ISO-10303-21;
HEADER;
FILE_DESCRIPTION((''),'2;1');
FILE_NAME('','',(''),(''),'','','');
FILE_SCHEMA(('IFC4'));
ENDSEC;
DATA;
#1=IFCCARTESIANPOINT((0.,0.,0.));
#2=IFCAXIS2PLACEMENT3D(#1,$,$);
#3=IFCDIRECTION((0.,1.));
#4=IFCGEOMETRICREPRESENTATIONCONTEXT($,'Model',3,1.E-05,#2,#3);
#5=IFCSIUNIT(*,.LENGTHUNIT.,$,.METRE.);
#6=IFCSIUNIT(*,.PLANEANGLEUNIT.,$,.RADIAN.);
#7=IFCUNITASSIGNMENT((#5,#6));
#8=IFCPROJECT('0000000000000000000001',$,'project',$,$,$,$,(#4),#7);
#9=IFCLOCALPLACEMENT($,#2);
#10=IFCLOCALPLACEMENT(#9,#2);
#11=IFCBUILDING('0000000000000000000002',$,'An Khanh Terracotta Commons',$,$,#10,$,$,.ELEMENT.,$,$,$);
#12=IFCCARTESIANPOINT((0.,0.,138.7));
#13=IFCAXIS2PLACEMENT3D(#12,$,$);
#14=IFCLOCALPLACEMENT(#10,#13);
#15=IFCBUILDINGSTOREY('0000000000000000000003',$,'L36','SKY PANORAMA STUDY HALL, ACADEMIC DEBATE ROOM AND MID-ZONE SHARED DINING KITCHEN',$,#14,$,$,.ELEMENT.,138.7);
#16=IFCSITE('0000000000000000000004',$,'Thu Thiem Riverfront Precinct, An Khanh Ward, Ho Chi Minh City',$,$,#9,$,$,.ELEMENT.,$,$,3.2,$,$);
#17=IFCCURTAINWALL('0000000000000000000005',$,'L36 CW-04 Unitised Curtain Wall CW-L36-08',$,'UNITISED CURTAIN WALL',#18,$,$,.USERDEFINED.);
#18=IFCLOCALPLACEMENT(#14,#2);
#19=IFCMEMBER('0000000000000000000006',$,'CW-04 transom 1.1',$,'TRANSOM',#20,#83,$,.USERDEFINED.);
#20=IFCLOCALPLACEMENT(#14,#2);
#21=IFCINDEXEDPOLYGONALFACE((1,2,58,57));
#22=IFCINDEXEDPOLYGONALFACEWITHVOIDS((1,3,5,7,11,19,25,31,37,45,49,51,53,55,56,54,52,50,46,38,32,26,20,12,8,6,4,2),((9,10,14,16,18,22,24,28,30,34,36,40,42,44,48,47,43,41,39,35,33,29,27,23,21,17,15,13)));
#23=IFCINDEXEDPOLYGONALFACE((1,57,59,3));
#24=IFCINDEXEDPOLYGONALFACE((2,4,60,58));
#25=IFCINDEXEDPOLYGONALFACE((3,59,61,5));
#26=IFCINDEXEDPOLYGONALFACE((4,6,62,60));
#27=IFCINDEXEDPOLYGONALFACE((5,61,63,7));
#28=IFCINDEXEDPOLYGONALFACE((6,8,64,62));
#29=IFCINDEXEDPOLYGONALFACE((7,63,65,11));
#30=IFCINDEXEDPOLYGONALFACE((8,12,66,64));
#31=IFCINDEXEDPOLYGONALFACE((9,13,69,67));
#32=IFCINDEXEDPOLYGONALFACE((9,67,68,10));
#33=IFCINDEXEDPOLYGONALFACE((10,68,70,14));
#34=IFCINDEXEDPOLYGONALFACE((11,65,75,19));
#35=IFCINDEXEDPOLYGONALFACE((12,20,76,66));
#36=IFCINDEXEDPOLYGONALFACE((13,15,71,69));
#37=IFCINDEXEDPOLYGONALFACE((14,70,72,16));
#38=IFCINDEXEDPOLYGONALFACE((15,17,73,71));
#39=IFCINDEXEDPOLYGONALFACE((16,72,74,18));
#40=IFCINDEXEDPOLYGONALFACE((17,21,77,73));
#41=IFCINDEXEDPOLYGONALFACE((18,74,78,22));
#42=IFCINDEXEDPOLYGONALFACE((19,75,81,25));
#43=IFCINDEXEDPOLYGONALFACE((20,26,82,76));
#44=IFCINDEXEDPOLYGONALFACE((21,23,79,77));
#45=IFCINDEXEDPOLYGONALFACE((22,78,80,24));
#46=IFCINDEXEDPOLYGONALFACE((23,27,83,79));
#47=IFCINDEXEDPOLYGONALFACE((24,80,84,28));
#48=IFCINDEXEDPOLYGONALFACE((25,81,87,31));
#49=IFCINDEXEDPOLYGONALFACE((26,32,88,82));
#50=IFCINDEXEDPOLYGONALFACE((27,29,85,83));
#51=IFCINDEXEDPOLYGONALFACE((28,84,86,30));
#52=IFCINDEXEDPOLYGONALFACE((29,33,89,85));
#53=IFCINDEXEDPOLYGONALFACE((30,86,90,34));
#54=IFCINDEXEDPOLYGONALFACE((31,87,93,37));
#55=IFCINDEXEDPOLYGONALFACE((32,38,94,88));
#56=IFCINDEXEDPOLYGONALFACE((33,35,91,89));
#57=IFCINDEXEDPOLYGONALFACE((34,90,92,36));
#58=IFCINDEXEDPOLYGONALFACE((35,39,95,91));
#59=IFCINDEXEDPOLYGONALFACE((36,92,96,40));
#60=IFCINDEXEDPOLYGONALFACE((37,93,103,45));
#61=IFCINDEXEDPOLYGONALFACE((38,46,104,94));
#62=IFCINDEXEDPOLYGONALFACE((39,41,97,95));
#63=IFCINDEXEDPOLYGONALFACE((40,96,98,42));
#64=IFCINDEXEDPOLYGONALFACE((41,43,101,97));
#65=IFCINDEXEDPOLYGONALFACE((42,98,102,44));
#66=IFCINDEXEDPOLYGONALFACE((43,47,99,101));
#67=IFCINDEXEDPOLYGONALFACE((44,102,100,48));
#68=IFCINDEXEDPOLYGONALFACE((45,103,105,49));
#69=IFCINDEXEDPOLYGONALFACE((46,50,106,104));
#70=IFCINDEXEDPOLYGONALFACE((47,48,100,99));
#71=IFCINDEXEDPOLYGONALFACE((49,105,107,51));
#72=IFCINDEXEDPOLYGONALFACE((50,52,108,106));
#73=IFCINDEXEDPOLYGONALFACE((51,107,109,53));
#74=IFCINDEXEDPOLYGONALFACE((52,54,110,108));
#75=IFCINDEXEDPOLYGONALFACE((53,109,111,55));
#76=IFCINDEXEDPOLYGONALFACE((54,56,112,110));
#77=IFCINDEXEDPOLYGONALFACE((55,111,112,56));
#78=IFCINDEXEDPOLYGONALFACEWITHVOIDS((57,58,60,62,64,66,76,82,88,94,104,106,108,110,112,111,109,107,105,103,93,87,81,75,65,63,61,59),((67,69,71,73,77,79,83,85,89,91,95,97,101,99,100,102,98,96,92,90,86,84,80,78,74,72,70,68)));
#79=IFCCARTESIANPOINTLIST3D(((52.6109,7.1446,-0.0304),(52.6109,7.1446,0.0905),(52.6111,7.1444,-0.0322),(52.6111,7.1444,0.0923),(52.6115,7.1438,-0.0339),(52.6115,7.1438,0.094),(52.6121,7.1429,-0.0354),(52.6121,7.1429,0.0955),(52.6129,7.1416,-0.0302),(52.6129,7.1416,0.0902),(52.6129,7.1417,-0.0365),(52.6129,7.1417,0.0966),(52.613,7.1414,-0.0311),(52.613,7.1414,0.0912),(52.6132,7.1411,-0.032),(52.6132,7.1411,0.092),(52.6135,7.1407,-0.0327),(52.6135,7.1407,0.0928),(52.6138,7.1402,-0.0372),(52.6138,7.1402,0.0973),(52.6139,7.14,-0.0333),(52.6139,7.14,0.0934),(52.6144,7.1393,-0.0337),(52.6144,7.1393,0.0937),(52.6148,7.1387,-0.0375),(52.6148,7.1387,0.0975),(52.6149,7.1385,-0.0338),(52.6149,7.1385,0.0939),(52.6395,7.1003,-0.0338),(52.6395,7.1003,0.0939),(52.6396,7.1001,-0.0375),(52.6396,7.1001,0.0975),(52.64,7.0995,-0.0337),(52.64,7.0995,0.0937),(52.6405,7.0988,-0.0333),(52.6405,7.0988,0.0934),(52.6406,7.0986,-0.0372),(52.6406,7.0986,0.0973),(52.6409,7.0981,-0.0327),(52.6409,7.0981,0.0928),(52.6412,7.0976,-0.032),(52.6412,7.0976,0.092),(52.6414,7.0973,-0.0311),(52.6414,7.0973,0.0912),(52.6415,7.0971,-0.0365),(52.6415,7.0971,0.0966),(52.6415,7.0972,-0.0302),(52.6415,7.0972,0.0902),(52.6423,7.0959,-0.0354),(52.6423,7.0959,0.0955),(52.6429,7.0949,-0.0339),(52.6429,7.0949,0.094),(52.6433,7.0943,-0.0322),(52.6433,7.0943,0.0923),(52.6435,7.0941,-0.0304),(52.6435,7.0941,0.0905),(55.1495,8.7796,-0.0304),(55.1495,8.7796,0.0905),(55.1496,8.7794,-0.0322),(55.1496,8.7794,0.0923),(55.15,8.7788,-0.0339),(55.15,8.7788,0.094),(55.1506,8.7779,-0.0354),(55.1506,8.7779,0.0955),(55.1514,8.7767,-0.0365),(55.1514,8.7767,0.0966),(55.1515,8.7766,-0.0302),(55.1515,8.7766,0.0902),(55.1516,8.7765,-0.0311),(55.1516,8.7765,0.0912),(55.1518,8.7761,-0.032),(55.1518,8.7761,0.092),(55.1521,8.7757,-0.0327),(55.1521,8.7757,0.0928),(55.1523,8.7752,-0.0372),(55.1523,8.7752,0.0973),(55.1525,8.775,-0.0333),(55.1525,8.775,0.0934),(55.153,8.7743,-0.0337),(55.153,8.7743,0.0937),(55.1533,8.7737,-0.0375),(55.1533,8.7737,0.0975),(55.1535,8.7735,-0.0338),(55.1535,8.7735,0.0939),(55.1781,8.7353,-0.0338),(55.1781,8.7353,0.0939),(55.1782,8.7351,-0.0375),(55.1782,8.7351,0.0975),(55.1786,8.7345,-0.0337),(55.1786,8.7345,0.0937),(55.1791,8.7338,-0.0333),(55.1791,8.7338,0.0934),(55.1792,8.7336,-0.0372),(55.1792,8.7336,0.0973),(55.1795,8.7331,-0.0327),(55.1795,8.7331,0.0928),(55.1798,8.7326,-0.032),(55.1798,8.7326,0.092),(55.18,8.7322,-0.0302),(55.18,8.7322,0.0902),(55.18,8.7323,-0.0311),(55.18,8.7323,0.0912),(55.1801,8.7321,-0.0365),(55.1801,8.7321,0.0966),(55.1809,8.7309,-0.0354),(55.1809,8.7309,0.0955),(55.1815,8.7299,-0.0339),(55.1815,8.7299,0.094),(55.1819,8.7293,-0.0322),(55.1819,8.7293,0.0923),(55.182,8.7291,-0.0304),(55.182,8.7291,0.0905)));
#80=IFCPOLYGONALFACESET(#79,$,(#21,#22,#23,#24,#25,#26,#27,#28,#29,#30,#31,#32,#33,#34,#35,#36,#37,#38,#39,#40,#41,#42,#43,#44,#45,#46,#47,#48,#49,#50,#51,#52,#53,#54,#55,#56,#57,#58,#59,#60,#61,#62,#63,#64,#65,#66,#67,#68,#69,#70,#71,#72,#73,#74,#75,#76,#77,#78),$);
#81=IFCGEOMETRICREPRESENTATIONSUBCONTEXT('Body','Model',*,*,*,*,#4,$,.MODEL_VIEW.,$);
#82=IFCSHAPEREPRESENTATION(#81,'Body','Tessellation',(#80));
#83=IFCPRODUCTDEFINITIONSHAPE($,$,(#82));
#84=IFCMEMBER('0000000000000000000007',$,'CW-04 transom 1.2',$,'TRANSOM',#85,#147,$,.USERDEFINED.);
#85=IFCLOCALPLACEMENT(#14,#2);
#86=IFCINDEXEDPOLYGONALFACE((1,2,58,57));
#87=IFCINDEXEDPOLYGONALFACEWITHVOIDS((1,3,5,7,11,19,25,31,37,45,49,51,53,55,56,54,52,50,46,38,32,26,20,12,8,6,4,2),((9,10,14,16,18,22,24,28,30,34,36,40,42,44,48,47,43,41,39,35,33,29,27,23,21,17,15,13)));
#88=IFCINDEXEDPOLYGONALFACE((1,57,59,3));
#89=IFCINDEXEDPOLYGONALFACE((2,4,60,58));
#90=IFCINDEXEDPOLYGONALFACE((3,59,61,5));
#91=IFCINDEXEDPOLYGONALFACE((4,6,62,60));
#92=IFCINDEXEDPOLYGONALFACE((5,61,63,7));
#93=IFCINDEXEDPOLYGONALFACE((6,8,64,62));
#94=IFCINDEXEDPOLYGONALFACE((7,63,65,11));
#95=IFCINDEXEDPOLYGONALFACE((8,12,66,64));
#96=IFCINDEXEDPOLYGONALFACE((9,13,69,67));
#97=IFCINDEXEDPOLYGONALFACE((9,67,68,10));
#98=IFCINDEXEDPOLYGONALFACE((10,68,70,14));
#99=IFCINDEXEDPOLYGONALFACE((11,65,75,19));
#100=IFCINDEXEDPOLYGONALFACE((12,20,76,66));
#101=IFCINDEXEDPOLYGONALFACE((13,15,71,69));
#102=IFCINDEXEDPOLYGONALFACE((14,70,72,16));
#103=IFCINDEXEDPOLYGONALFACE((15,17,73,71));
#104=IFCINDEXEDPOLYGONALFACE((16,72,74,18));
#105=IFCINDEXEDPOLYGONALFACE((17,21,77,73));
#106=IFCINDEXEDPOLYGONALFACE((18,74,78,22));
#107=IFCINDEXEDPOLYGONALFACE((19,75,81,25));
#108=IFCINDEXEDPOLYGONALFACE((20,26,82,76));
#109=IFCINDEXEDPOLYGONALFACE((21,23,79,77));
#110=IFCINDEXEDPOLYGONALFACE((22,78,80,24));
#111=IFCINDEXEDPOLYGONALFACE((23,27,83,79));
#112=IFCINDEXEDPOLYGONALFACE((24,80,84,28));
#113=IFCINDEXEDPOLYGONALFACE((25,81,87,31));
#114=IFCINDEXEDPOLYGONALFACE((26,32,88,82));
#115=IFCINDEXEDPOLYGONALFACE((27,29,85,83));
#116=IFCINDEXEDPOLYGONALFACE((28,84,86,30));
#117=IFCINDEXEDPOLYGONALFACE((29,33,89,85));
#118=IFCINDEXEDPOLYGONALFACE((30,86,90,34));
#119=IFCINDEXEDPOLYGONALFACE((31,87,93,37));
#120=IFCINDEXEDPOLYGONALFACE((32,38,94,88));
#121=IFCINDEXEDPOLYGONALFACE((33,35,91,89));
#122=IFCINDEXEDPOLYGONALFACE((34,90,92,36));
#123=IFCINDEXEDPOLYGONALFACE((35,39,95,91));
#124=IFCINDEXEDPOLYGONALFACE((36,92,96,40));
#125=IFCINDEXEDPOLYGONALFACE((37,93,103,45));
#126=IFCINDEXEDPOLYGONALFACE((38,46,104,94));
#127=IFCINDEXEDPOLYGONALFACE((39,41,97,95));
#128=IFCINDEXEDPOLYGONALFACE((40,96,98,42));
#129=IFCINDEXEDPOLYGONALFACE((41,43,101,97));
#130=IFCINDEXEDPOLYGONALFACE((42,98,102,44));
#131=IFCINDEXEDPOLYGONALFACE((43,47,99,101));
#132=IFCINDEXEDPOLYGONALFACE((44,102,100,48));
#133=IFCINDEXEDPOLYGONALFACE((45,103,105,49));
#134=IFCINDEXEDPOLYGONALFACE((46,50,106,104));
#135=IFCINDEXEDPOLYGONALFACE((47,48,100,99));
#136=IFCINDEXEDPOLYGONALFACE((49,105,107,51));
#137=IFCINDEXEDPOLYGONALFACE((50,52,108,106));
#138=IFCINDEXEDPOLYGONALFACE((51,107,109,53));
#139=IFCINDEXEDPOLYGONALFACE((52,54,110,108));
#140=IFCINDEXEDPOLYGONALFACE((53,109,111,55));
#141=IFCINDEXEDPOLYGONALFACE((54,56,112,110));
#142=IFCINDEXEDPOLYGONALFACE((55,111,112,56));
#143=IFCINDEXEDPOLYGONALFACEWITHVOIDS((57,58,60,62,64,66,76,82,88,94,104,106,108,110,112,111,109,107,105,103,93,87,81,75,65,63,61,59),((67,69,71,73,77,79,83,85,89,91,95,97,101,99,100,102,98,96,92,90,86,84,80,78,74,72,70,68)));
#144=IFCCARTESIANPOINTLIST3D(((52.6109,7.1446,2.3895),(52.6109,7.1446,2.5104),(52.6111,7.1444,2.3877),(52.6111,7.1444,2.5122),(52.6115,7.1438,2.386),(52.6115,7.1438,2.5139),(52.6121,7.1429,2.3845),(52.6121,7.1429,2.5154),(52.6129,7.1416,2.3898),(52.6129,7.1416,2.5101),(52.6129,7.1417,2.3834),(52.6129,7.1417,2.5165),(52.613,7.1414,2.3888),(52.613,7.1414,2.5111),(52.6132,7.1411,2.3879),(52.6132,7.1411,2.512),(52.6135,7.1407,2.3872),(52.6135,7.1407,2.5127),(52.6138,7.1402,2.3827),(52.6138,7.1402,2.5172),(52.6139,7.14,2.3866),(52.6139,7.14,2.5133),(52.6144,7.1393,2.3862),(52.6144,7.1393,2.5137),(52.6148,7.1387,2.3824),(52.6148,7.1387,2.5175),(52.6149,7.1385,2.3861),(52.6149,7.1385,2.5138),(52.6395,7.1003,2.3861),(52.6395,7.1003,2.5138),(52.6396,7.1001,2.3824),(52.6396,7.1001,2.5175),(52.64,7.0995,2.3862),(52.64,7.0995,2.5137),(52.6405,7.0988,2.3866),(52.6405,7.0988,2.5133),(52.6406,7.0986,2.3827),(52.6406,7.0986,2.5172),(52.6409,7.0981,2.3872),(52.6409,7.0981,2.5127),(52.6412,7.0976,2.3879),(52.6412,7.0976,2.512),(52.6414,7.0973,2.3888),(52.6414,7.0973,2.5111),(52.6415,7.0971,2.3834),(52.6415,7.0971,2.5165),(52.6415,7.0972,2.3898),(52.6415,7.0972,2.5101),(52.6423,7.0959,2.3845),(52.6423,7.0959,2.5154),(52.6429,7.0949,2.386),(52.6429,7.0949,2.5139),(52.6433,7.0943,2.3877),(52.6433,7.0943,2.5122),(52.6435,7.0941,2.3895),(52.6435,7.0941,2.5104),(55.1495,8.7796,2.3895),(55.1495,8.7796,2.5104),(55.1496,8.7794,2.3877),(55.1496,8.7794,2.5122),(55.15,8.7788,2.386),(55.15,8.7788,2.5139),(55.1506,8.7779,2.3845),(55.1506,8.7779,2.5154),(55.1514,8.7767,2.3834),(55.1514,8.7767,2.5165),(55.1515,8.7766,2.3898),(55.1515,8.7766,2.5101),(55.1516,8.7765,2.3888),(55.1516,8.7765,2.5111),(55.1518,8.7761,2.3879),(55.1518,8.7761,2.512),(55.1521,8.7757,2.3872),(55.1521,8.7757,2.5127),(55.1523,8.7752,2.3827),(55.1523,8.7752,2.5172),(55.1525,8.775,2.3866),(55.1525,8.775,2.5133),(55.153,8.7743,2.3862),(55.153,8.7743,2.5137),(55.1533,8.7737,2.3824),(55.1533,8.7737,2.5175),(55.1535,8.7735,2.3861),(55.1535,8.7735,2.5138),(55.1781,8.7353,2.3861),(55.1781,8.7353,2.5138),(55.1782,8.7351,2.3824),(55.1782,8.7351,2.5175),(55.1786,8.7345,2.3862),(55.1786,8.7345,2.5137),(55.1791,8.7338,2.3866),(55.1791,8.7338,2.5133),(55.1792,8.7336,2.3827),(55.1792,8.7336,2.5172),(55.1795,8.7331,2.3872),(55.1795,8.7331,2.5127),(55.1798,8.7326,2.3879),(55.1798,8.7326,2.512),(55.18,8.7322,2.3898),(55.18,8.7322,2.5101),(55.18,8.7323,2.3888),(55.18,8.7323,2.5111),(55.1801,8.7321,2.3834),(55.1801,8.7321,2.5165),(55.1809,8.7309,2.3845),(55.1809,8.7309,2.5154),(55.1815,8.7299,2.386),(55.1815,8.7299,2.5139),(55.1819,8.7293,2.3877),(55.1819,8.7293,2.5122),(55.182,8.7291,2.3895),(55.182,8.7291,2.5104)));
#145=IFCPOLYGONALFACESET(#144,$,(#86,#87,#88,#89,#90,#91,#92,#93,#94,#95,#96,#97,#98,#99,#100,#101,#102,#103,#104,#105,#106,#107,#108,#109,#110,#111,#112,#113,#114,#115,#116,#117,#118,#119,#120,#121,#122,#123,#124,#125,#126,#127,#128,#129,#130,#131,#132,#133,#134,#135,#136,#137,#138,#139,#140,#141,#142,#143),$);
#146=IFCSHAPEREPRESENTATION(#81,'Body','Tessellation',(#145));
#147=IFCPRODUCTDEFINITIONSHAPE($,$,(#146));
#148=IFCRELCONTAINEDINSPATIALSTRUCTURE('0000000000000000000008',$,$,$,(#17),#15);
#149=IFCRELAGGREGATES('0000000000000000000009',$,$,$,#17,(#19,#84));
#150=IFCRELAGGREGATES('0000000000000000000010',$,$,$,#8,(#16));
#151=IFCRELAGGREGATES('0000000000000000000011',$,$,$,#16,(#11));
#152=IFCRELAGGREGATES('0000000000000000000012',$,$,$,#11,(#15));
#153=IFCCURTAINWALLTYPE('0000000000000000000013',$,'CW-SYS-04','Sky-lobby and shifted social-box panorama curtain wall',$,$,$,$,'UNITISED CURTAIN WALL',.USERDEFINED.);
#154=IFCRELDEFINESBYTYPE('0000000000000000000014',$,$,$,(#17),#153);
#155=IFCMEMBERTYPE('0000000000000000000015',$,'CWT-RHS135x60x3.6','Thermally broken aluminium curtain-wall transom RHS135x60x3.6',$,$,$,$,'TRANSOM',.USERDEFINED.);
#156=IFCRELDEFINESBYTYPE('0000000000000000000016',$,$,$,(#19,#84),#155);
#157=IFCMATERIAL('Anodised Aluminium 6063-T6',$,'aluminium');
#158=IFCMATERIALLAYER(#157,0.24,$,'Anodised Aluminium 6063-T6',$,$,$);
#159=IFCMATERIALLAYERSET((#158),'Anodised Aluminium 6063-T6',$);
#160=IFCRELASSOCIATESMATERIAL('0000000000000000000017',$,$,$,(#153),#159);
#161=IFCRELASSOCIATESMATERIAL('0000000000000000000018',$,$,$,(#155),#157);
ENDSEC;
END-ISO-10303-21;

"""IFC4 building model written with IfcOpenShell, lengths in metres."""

from ifc_helpers import new_model, si_unit, direction, frame, origin, origin_2d, place, context, subcontext, project, spatial, hollow_rectangle, extrude, material, layer, layer_set, material_profile, profile_set, type_object, element, aggregate, save


model = new_model("IFC4")

# Units and contexts
model_context = context("Model", 3, precision=1e-05, world=origin(), true_north=direction((0.0, 1.0)))
body_context = subcontext(model_context, "Body", "Model", "MODEL_VIEW")
ifc_project = project(units=[si_unit("LENGTHUNIT", "METRE"), si_unit("PLANEANGLEUNIT", "RADIAN")], contexts=[model_context])

# Site, building, storey
site_placement = place(None, origin())
site = spatial("IfcSite", under=ifc_project, at=site_placement, Name="Thu Thiem Riverfront Precinct, An Khanh Ward, Ho Chi Minh City", CompositionType="ELEMENT", RefElevation=3.2)
building_placement = place(site_placement, origin())
building = spatial("IfcBuilding", under=site, at=building_placement, Name="An Khanh Terracotta Commons", CompositionType="ELEMENT")
storey_placement = place(building_placement, frame((0.0, 0.0, 138.7)))
storey = spatial("IfcBuildingStorey", under=building, at=storey_placement, Name="L36", Description="SKY PANORAMA STUDY HALL, ACADEMIC DEBATE ROOM AND MID-ZONE SHARED DINING KITCHEN", CompositionType="ELEMENT", Elevation=138.7)

# Curtain wall, members
ifc_material_1 = material(Name="Anodised Aluminium 6063-T6", Category="aluminium")
ifc_layer_1 = layer(ifc_material_1, 0.24, Name="Anodised Aluminium 6063-T6")
ifc_layer_set_1 = layer_set([ifc_layer_1], Name="Anodised Aluminium 6063-T6")
curtain_wall_type = type_object("IfcCurtainWallType", Name="CW-SYS-04", Description="Sky-lobby and shifted social-box panorama curtain wall", ElementType="UNITISED CURTAIN WALL", PredefinedType="USERDEFINED", material=ifc_layer_set_1)
curtain_wall_placement = place(storey_placement, origin())
curtain_wall = element("IfcCurtainWall", 1, at=curtain_wall_placement, inside=storey, type_object=curtain_wall_type, Name="L36 CW-04 Unitised Curtain Wall CW-L36-08", ObjectType="UNITISED CURTAIN WALL", PredefinedType="USERDEFINED")
ifc_material_profile_1 = material_profile(ifc_material_1, hollow_rectangle(XDim=0.0601, YDim=0.135, WallThickness=0.0037, InnerFilletRadius=0.0037, OuterFilletRadius=0.0071, at=origin_2d()), Name="RHS135x60x3.6")
ifc_profile_set_1 = profile_set([ifc_material_profile_1], Name="Anodised Aluminium 6063-T6")
member_type_1 = type_object("IfcMemberType", Name="CWT-RHS135x60x3.6", Description="Thermally broken aluminium curtain-wall transom RHS135x60x3.6", ElementType="TRANSOM", PredefinedType="USERDEFINED", material=ifc_profile_set_1)
member_1_placement = place(storey_placement, frame((52.6272, 7.1194, 0.03), z_axis=(0.840716, 0.541477, 0.0), x_axis=(-0.541477, 0.840716, 0.0)))
member_1 = element("IfcMember", 2, at=member_1_placement, type_object=member_type_1, Name="CW-04 transom 1.1", ObjectType="TRANSOM", PredefinedType="USERDEFINED", context=body_context, shape_type="SweptSolid", body=[
    extrude(hollow_rectangle(XDim=0.0601, YDim=0.135, WallThickness=0.0037, InnerFilletRadius=0.0037, OuterFilletRadius=0.0071, at=origin_2d()), origin(), (0.0, 0.0, 1.0), 3.0195),
])
member_2_placement = place(storey_placement, frame((52.6272, 7.1194, 2.45), z_axis=(0.840716, 0.541477, 0.0), x_axis=(-0.541477, 0.840716, 0.0)))
member_2 = element("IfcMember", 3, at=member_2_placement, type_object=member_type_1, Name="CW-04 transom 1.2", ObjectType="TRANSOM", PredefinedType="USERDEFINED", context=body_context, shape_type="SweptSolid", body=[
    extrude(hollow_rectangle(XDim=0.0601, YDim=0.135, WallThickness=0.0037, InnerFilletRadius=0.0037, OuterFilletRadius=0.0071, at=origin_2d()), origin(), (0.0, 0.0, 1.0), 3.0195),
])
aggregate(curtain_wall, [member_1, member_2])

save(model, "model.ifc")
